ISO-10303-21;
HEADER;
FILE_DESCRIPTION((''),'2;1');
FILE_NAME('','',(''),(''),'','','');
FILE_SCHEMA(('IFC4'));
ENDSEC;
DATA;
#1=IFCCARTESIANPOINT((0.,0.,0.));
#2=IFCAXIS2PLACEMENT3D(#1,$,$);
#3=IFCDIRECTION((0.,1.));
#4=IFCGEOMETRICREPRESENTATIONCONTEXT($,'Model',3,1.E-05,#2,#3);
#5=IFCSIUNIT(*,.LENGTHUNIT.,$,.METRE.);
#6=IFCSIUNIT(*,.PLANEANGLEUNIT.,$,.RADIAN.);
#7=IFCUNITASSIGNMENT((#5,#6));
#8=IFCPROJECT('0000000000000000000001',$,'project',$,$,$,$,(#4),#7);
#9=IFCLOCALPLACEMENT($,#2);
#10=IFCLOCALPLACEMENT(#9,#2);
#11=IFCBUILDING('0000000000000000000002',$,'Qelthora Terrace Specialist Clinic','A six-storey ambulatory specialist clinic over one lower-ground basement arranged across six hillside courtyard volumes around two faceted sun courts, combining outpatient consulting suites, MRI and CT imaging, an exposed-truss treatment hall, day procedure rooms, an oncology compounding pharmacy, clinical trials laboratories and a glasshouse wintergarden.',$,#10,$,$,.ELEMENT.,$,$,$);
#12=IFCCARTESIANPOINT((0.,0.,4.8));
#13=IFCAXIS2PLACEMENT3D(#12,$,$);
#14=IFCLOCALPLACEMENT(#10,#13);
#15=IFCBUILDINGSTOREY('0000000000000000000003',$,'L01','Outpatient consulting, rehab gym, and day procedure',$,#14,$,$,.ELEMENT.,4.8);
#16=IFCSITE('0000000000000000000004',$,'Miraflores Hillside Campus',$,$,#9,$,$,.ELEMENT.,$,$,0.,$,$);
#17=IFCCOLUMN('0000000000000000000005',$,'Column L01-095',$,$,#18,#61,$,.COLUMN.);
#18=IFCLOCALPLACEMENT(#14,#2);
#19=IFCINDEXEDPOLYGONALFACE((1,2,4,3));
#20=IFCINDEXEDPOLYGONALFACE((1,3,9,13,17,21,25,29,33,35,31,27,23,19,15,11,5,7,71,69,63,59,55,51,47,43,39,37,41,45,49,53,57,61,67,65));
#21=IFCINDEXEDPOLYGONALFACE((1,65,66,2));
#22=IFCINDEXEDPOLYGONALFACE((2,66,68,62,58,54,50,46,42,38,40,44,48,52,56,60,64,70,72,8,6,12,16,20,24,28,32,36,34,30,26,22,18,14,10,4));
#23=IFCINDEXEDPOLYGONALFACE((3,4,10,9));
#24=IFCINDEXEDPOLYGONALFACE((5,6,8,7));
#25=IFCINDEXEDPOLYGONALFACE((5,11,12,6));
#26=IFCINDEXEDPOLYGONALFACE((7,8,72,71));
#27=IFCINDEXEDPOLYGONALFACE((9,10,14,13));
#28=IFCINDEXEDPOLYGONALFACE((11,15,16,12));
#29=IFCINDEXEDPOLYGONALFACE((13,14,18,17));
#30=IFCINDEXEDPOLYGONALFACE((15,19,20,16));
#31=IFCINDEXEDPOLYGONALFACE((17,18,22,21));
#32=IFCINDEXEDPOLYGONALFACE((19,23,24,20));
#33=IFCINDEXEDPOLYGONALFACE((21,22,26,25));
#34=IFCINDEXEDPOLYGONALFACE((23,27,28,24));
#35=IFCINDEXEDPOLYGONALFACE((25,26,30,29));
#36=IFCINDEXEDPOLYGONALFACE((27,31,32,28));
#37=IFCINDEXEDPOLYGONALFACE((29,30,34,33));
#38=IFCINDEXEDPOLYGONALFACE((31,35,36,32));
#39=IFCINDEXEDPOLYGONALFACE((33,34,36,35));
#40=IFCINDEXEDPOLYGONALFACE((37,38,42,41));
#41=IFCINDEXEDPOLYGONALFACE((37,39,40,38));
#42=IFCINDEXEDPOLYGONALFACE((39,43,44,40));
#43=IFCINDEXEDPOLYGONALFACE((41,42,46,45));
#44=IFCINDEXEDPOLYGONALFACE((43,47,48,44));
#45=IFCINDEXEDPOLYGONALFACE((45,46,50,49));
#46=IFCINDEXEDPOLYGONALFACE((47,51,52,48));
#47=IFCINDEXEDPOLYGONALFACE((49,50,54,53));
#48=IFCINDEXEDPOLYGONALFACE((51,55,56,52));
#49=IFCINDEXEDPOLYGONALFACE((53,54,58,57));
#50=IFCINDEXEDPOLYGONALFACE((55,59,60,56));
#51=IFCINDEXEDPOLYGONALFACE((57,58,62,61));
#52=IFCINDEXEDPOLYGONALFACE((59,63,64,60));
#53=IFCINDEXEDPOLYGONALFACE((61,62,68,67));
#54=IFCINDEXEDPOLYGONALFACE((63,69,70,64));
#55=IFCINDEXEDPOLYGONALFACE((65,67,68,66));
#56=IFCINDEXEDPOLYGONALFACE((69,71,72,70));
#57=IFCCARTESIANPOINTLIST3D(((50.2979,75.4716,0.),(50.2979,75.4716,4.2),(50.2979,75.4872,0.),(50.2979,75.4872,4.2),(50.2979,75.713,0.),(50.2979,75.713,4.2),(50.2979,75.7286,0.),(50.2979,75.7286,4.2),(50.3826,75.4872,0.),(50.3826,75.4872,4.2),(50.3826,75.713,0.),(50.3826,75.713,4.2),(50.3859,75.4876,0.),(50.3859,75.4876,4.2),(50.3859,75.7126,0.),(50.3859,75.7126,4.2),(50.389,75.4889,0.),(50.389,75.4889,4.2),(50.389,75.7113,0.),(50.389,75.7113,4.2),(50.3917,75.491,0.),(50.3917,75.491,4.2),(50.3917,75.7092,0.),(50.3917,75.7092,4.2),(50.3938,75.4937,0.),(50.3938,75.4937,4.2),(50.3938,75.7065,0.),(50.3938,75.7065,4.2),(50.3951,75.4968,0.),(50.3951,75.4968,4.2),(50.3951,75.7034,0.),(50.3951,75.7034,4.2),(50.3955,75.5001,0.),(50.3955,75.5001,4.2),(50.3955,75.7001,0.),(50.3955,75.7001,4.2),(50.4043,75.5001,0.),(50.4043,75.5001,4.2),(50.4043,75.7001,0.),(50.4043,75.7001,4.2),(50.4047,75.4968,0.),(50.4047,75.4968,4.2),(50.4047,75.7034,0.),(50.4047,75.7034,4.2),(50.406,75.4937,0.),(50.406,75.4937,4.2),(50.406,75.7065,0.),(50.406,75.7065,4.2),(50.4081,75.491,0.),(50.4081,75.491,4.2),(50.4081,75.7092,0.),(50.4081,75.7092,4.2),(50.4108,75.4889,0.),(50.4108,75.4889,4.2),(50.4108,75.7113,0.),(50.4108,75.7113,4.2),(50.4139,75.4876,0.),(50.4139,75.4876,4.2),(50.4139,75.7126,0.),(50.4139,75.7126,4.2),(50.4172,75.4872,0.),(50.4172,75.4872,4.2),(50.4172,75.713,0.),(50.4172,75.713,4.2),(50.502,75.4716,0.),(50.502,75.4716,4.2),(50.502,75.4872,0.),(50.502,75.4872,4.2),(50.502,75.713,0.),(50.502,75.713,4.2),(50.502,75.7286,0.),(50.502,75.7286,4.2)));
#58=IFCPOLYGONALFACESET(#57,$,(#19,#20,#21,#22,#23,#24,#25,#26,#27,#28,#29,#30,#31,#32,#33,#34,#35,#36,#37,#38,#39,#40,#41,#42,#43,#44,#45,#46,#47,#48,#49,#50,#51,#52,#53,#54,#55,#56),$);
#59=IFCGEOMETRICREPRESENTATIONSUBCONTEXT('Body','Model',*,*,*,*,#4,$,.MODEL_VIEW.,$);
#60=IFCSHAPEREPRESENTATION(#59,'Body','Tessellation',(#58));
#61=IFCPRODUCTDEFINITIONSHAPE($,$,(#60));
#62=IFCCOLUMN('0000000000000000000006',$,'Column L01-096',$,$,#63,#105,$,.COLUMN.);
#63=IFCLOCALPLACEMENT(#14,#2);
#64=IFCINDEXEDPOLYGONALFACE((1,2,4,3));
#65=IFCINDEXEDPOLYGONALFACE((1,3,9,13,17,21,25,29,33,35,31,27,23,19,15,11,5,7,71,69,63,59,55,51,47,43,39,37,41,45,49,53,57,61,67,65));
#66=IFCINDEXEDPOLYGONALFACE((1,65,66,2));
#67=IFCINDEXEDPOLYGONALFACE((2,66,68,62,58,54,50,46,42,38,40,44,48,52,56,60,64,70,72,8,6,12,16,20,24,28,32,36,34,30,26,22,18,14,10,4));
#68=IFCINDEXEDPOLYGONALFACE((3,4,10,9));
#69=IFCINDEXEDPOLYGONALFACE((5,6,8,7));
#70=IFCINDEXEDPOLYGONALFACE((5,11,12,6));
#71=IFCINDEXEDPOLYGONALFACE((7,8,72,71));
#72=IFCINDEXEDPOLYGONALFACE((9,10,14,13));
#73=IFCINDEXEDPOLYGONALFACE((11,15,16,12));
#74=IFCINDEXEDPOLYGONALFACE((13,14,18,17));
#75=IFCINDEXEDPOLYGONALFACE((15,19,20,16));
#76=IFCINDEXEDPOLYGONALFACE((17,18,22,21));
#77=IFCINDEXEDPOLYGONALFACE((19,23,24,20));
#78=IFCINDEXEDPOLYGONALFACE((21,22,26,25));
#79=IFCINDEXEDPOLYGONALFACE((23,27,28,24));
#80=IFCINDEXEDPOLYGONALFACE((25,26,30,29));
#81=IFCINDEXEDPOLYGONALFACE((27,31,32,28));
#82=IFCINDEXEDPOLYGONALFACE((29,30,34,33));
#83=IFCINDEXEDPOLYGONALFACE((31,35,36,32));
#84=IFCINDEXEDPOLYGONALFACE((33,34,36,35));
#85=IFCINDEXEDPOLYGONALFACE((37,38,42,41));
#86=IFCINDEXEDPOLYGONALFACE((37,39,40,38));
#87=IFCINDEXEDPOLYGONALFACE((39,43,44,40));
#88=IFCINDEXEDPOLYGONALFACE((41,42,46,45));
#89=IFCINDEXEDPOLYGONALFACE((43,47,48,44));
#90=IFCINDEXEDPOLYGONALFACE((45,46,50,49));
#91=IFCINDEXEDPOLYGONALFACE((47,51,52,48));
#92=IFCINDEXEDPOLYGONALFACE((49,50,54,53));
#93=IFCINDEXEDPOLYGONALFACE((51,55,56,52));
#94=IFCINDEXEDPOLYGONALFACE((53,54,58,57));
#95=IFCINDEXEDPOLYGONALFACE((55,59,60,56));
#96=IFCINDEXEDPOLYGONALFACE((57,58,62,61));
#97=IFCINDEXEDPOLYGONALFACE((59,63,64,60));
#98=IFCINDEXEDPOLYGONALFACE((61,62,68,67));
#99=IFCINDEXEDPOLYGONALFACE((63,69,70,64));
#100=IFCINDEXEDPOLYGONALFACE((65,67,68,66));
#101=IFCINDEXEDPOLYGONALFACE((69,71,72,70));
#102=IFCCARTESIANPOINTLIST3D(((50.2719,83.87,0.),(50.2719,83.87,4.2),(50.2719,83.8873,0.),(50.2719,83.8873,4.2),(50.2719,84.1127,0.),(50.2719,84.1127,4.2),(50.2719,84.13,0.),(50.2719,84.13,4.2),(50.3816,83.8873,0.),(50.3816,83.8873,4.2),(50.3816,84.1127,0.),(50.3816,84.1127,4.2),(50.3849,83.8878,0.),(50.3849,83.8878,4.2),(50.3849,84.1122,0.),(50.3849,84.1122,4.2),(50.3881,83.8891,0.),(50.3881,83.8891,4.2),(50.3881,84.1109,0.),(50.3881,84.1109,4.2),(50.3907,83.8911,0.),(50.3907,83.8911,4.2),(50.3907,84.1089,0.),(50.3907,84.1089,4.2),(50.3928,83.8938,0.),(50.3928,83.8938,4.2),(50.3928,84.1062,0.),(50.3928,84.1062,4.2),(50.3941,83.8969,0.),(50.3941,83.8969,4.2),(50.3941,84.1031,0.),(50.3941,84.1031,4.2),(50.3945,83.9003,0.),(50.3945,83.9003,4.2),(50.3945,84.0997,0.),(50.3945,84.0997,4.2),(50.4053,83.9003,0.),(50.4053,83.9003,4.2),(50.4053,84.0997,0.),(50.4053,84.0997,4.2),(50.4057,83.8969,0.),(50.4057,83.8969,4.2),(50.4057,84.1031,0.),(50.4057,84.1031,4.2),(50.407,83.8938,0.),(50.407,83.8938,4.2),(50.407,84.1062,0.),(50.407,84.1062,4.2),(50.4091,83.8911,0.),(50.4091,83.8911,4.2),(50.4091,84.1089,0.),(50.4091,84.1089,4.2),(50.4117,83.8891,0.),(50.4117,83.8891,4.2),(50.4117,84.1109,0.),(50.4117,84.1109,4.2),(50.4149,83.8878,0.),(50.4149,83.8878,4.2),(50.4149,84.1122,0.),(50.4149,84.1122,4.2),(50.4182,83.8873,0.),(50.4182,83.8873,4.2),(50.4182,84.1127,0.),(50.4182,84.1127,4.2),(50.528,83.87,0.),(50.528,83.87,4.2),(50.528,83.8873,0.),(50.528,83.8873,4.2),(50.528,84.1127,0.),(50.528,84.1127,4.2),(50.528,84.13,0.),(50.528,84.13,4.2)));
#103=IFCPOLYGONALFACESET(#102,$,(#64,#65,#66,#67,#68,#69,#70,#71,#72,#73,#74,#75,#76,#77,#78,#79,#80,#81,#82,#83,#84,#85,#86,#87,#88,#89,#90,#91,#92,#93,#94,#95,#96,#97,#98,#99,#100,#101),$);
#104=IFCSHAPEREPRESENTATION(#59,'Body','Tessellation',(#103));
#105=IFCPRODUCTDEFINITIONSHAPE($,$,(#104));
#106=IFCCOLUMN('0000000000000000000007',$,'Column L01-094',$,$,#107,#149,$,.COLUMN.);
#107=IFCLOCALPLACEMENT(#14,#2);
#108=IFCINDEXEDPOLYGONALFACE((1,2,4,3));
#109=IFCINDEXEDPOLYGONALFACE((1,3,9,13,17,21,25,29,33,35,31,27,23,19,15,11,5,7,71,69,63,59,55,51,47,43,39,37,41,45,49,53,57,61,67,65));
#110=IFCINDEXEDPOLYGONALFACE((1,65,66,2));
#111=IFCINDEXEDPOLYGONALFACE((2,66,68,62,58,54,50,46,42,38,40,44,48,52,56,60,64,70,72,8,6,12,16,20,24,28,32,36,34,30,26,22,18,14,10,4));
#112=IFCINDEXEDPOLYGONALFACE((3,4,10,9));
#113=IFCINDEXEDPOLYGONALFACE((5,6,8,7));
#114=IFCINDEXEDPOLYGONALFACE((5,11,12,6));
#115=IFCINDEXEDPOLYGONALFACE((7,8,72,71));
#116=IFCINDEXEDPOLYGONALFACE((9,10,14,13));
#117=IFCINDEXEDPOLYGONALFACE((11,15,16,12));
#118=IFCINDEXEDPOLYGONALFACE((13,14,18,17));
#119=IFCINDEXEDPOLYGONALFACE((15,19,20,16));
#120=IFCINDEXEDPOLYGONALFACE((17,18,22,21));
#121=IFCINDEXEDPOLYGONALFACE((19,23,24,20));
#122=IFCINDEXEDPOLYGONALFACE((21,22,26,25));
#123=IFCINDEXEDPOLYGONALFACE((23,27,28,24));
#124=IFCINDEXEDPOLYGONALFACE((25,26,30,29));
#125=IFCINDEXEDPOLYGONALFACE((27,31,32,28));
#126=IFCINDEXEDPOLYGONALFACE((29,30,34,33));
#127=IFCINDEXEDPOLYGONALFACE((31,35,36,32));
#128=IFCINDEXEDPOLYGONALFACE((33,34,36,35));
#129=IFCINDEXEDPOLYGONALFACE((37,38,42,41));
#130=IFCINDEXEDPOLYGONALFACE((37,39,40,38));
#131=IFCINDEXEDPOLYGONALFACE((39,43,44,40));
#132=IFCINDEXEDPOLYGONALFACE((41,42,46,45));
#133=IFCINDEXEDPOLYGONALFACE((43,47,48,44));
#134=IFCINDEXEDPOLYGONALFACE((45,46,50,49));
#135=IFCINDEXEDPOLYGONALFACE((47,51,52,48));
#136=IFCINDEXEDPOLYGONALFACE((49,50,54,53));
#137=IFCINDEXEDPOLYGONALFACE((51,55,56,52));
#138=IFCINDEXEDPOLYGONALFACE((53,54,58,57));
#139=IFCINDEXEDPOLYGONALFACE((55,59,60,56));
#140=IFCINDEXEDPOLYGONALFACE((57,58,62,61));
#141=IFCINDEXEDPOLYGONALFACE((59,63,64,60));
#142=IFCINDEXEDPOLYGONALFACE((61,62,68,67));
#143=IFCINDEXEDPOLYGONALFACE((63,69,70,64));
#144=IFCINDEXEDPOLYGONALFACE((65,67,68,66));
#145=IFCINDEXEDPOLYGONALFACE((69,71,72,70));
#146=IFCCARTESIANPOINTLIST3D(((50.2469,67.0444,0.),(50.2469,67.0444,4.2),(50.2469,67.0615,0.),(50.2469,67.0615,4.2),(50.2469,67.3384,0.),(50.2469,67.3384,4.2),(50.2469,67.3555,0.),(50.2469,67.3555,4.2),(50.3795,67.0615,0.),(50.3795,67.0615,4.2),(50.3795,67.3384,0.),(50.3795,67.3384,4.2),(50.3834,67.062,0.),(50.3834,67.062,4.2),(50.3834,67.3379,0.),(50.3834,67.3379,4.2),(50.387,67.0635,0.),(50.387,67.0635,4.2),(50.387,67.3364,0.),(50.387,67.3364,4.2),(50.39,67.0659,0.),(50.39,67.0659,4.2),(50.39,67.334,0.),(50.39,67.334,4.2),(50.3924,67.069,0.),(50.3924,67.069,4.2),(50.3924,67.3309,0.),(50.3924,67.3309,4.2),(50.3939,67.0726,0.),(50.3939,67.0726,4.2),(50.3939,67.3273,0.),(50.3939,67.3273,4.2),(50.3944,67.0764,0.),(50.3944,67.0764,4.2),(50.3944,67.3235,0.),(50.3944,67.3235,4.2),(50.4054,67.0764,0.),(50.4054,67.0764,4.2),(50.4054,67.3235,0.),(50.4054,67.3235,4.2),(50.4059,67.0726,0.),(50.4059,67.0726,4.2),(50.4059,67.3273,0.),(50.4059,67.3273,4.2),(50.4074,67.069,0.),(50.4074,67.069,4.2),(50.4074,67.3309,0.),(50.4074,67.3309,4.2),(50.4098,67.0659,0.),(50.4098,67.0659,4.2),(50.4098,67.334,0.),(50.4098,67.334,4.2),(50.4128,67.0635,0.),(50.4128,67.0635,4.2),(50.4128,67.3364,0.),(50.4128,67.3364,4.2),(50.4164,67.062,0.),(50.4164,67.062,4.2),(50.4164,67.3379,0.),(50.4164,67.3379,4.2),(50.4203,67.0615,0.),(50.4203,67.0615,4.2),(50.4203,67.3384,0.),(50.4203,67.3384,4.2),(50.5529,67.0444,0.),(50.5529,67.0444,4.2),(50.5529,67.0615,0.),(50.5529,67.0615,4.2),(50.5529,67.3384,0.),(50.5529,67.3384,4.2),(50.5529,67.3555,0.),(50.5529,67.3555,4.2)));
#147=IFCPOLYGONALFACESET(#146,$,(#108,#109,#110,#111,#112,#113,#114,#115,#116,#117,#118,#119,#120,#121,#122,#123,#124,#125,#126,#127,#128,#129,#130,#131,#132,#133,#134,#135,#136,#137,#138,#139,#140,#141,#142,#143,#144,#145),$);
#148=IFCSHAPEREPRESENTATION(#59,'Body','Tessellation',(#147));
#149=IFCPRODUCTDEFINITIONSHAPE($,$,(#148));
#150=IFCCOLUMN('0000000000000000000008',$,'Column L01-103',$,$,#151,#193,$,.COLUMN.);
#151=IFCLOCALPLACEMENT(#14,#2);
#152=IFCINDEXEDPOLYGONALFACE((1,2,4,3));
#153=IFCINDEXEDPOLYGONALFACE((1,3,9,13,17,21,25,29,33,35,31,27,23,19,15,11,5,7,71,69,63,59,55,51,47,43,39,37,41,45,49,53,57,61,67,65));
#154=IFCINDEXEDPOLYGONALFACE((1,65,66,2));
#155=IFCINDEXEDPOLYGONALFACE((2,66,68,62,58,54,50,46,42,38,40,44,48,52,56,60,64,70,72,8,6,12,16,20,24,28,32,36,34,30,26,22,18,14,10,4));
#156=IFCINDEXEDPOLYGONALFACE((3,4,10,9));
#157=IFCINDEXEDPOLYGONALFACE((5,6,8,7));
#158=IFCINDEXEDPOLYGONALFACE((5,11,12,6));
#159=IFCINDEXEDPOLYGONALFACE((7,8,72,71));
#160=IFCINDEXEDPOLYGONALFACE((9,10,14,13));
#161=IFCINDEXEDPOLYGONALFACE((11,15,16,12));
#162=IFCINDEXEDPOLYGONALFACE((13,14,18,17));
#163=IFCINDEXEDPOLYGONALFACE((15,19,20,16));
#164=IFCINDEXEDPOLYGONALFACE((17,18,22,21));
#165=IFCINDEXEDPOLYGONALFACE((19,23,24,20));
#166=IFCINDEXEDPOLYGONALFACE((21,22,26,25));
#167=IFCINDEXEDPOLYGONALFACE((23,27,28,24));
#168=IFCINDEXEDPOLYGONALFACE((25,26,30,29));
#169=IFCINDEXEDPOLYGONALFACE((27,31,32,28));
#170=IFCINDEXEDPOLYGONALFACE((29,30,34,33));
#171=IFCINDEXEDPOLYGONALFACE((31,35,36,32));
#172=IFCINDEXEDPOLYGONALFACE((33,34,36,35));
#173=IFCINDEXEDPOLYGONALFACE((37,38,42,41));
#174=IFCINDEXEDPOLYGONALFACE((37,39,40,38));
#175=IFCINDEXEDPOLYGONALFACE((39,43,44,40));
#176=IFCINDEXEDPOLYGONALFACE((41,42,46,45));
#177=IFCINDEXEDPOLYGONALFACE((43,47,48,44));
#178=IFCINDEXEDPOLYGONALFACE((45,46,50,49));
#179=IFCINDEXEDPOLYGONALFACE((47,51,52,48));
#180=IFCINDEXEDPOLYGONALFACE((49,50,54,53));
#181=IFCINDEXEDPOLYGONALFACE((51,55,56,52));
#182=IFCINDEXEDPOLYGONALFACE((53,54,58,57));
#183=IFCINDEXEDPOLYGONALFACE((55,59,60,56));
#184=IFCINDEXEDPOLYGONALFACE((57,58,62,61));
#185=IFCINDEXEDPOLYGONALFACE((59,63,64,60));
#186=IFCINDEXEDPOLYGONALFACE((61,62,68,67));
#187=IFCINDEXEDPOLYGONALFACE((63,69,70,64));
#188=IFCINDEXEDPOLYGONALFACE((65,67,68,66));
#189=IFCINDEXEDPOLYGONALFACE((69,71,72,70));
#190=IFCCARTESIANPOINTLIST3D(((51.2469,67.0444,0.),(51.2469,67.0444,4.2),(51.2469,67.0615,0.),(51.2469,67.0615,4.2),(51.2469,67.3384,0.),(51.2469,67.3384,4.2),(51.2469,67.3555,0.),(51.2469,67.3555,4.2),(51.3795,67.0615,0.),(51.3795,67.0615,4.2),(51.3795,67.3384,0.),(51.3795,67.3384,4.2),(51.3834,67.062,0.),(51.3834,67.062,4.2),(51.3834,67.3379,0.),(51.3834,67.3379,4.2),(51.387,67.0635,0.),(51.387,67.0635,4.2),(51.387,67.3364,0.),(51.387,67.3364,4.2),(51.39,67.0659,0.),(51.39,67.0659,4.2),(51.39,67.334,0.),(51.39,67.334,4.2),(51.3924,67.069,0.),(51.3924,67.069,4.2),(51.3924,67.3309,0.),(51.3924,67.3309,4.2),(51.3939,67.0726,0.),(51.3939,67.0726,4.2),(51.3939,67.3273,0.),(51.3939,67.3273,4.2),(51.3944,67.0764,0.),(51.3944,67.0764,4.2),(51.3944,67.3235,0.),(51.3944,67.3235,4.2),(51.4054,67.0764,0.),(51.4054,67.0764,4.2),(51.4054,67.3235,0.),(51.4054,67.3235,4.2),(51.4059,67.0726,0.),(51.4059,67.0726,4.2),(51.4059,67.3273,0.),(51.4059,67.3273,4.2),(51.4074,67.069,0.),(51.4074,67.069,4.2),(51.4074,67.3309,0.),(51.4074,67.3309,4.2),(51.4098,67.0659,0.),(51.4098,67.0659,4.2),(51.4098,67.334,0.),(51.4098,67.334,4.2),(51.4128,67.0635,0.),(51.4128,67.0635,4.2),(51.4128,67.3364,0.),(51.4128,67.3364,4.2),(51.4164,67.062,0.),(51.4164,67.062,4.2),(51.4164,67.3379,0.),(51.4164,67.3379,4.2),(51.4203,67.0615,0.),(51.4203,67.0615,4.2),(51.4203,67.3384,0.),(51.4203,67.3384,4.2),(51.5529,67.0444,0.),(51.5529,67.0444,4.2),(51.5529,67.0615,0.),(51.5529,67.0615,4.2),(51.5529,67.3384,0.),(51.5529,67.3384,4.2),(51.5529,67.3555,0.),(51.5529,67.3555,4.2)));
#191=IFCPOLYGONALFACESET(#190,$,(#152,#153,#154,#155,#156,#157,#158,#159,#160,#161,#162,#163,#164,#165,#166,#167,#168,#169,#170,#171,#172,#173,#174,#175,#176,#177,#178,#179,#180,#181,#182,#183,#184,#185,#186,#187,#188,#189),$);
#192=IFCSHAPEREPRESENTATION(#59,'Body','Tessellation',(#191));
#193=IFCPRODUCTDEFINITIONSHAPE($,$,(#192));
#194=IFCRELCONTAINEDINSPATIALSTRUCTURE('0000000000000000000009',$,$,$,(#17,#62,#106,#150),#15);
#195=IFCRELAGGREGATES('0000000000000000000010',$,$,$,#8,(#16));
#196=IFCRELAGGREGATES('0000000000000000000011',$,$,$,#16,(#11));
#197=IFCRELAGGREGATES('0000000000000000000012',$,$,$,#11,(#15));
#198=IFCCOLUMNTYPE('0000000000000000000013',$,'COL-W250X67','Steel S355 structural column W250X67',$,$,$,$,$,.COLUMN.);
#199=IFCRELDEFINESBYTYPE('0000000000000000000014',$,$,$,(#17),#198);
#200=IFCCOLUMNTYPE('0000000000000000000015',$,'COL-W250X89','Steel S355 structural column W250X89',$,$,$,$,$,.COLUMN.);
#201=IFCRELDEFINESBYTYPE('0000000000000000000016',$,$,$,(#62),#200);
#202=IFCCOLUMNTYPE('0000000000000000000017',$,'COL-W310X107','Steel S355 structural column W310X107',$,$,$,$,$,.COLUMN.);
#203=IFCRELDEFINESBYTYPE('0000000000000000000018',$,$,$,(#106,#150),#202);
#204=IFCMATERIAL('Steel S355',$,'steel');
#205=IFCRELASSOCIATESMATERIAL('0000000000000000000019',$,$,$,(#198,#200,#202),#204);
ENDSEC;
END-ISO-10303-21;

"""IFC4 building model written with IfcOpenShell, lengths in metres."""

from ifc_helpers import new_model, si_unit, direction, frame, origin, origin_2d, place, context, subcontext, project, spatial, i_section, extrude, material, material_profile, profile_set, type_object, element, save


model = new_model("IFC4")

# Units and contexts
model_context = context("Model", 3, precision=1e-05, world=origin(), true_north=direction((0.0, 1.0)))
body_context = subcontext(model_context, "Body", "Model", "MODEL_VIEW")
ifc_project = project(units=[si_unit("LENGTHUNIT", "METRE"), si_unit("PLANEANGLEUNIT", "RADIAN")], contexts=[model_context])

# Site, building, storey
site_placement = place(None, origin())
site = spatial("IfcSite", under=ifc_project, at=site_placement, Name="Miraflores Hillside Campus", CompositionType="ELEMENT", RefElevation=0.0)
building_placement = place(site_placement, origin())
building = spatial("IfcBuilding", under=site, at=building_placement, Name="Qelthora Terrace Specialist Clinic", Description="A six-storey ambulatory specialist clinic over one lower-ground basement arranged across six hillside courtyard volumes around two faceted sun courts, combining outpatient consulting suites, MRI and CT imaging, an exposed-truss treatment hall, day procedure rooms, an oncology compounding pharmacy, clinical trials laboratories and a glasshouse wintergarden.", CompositionType="ELEMENT")
storey_placement = place(building_placement, frame((0.0, 0.0, 4.8)))
storey = spatial("IfcBuildingStorey", under=building, at=storey_placement, Name="L01", Description="Outpatient consulting, rehab gym, and day procedure", CompositionType="ELEMENT", Elevation=4.8)

# Columns
ifc_material_1 = material(Name="Steel S355", Category="steel")
ifc_material_profile_1 = material_profile(ifc_material_1, i_section(OverallWidth=0.2041, OverallDepth=0.2571, WebThickness=0.0088, FlangeThickness=0.0156, FilletRadius=0.0129, at=origin_2d()), Name="W250X67")
ifc_profile_set_1 = profile_set([ifc_material_profile_1], Name="Steel S355")
column_type_1 = type_object("IfcColumnType", Name="COL-W250X67", Description="Steel S355 structural column W250X67", PredefinedType="COLUMN", material=ifc_profile_set_1)
column_1_placement = place(storey_placement, frame((50.3999, 75.6001, 0.0), z_axis=(0.0, 0.0, 1.0), x_axis=(1.0, 0.0, 0.0)))
element("IfcColumn", 1, at=column_1_placement, inside=storey, type_object=column_type_1, Name="Column L01-095", PredefinedType="COLUMN", context=body_context, shape_type="SweptSolid", body=[
    extrude(i_section(OverallWidth=0.2041, OverallDepth=0.2571, WebThickness=0.0088, FlangeThickness=0.0156, FilletRadius=0.0129, at=origin_2d()), origin(), (0.0, 0.0, 1.0), 4.2),
])
ifc_material_profile_2 = material_profile(ifc_material_1, i_section(OverallWidth=0.2561, OverallDepth=0.26, WebThickness=0.0107, FlangeThickness=0.0173, FilletRadius=0.0129, at=origin_2d()), Name="W250X89")
ifc_profile_set_2 = profile_set([ifc_material_profile_2], Name="Steel S355")
column_type_2 = type_object("IfcColumnType", Name="COL-W250X89", Description="Steel S355 structural column W250X89", PredefinedType="COLUMN", material=ifc_profile_set_2)
column_2_placement = place(storey_placement, frame((50.3999, 84.0, 0.0), z_axis=(0.0, 0.0, 1.0), x_axis=(1.0, 0.0, 0.0)))
element("IfcColumn", 2, at=column_2_placement, inside=storey, type_object=column_type_2, Name="Column L01-096", PredefinedType="COLUMN", context=body_context, shape_type="SweptSolid", body=[
    extrude(i_section(OverallWidth=0.2561, OverallDepth=0.26, WebThickness=0.0107, FlangeThickness=0.0173, FilletRadius=0.0129, at=origin_2d()), origin(), (0.0, 0.0, 1.0), 4.2),
])
ifc_material_profile_3 = material_profile(ifc_material_1, i_section(OverallWidth=0.3059, OverallDepth=0.311, WebThickness=0.011, FlangeThickness=0.0171, FilletRadius=0.0149, at=origin_2d()), Name="W310X107")
ifc_profile_set_3 = profile_set([ifc_material_profile_3], Name="Steel S355")
column_type_3 = type_object("IfcColumnType", Name="COL-W310X107", Description="Steel S355 structural column W310X107", PredefinedType="COLUMN", material=ifc_profile_set_3)
for number, where, z_axis, x_axis, name in (
    (3, (50.3999, 67.2, 0.0), (0.0, 0.0, 1.0), (1.0, 0.0, 0.0), "Column L01-094"),
    (4, (51.3999, 67.2, 0.0), (0.0, 0.0, 1.0), (1.0, 0.0, 0.0), "Column L01-103"),
):
    element("IfcColumn", number, at=place(storey_placement, frame(where, z_axis=z_axis, x_axis=x_axis)), inside=storey, type_object=column_type_3, Name=name, PredefinedType="COLUMN", context=body_context, shape_type="SweptSolid", body=[
        extrude(i_section(OverallWidth=0.3059, OverallDepth=0.311, WebThickness=0.011, FlangeThickness=0.0171, FilletRadius=0.0149, at=origin_2d()), origin(), (0.0, 0.0, 1.0), 4.2),
    ])

save(model, "model.ifc")
